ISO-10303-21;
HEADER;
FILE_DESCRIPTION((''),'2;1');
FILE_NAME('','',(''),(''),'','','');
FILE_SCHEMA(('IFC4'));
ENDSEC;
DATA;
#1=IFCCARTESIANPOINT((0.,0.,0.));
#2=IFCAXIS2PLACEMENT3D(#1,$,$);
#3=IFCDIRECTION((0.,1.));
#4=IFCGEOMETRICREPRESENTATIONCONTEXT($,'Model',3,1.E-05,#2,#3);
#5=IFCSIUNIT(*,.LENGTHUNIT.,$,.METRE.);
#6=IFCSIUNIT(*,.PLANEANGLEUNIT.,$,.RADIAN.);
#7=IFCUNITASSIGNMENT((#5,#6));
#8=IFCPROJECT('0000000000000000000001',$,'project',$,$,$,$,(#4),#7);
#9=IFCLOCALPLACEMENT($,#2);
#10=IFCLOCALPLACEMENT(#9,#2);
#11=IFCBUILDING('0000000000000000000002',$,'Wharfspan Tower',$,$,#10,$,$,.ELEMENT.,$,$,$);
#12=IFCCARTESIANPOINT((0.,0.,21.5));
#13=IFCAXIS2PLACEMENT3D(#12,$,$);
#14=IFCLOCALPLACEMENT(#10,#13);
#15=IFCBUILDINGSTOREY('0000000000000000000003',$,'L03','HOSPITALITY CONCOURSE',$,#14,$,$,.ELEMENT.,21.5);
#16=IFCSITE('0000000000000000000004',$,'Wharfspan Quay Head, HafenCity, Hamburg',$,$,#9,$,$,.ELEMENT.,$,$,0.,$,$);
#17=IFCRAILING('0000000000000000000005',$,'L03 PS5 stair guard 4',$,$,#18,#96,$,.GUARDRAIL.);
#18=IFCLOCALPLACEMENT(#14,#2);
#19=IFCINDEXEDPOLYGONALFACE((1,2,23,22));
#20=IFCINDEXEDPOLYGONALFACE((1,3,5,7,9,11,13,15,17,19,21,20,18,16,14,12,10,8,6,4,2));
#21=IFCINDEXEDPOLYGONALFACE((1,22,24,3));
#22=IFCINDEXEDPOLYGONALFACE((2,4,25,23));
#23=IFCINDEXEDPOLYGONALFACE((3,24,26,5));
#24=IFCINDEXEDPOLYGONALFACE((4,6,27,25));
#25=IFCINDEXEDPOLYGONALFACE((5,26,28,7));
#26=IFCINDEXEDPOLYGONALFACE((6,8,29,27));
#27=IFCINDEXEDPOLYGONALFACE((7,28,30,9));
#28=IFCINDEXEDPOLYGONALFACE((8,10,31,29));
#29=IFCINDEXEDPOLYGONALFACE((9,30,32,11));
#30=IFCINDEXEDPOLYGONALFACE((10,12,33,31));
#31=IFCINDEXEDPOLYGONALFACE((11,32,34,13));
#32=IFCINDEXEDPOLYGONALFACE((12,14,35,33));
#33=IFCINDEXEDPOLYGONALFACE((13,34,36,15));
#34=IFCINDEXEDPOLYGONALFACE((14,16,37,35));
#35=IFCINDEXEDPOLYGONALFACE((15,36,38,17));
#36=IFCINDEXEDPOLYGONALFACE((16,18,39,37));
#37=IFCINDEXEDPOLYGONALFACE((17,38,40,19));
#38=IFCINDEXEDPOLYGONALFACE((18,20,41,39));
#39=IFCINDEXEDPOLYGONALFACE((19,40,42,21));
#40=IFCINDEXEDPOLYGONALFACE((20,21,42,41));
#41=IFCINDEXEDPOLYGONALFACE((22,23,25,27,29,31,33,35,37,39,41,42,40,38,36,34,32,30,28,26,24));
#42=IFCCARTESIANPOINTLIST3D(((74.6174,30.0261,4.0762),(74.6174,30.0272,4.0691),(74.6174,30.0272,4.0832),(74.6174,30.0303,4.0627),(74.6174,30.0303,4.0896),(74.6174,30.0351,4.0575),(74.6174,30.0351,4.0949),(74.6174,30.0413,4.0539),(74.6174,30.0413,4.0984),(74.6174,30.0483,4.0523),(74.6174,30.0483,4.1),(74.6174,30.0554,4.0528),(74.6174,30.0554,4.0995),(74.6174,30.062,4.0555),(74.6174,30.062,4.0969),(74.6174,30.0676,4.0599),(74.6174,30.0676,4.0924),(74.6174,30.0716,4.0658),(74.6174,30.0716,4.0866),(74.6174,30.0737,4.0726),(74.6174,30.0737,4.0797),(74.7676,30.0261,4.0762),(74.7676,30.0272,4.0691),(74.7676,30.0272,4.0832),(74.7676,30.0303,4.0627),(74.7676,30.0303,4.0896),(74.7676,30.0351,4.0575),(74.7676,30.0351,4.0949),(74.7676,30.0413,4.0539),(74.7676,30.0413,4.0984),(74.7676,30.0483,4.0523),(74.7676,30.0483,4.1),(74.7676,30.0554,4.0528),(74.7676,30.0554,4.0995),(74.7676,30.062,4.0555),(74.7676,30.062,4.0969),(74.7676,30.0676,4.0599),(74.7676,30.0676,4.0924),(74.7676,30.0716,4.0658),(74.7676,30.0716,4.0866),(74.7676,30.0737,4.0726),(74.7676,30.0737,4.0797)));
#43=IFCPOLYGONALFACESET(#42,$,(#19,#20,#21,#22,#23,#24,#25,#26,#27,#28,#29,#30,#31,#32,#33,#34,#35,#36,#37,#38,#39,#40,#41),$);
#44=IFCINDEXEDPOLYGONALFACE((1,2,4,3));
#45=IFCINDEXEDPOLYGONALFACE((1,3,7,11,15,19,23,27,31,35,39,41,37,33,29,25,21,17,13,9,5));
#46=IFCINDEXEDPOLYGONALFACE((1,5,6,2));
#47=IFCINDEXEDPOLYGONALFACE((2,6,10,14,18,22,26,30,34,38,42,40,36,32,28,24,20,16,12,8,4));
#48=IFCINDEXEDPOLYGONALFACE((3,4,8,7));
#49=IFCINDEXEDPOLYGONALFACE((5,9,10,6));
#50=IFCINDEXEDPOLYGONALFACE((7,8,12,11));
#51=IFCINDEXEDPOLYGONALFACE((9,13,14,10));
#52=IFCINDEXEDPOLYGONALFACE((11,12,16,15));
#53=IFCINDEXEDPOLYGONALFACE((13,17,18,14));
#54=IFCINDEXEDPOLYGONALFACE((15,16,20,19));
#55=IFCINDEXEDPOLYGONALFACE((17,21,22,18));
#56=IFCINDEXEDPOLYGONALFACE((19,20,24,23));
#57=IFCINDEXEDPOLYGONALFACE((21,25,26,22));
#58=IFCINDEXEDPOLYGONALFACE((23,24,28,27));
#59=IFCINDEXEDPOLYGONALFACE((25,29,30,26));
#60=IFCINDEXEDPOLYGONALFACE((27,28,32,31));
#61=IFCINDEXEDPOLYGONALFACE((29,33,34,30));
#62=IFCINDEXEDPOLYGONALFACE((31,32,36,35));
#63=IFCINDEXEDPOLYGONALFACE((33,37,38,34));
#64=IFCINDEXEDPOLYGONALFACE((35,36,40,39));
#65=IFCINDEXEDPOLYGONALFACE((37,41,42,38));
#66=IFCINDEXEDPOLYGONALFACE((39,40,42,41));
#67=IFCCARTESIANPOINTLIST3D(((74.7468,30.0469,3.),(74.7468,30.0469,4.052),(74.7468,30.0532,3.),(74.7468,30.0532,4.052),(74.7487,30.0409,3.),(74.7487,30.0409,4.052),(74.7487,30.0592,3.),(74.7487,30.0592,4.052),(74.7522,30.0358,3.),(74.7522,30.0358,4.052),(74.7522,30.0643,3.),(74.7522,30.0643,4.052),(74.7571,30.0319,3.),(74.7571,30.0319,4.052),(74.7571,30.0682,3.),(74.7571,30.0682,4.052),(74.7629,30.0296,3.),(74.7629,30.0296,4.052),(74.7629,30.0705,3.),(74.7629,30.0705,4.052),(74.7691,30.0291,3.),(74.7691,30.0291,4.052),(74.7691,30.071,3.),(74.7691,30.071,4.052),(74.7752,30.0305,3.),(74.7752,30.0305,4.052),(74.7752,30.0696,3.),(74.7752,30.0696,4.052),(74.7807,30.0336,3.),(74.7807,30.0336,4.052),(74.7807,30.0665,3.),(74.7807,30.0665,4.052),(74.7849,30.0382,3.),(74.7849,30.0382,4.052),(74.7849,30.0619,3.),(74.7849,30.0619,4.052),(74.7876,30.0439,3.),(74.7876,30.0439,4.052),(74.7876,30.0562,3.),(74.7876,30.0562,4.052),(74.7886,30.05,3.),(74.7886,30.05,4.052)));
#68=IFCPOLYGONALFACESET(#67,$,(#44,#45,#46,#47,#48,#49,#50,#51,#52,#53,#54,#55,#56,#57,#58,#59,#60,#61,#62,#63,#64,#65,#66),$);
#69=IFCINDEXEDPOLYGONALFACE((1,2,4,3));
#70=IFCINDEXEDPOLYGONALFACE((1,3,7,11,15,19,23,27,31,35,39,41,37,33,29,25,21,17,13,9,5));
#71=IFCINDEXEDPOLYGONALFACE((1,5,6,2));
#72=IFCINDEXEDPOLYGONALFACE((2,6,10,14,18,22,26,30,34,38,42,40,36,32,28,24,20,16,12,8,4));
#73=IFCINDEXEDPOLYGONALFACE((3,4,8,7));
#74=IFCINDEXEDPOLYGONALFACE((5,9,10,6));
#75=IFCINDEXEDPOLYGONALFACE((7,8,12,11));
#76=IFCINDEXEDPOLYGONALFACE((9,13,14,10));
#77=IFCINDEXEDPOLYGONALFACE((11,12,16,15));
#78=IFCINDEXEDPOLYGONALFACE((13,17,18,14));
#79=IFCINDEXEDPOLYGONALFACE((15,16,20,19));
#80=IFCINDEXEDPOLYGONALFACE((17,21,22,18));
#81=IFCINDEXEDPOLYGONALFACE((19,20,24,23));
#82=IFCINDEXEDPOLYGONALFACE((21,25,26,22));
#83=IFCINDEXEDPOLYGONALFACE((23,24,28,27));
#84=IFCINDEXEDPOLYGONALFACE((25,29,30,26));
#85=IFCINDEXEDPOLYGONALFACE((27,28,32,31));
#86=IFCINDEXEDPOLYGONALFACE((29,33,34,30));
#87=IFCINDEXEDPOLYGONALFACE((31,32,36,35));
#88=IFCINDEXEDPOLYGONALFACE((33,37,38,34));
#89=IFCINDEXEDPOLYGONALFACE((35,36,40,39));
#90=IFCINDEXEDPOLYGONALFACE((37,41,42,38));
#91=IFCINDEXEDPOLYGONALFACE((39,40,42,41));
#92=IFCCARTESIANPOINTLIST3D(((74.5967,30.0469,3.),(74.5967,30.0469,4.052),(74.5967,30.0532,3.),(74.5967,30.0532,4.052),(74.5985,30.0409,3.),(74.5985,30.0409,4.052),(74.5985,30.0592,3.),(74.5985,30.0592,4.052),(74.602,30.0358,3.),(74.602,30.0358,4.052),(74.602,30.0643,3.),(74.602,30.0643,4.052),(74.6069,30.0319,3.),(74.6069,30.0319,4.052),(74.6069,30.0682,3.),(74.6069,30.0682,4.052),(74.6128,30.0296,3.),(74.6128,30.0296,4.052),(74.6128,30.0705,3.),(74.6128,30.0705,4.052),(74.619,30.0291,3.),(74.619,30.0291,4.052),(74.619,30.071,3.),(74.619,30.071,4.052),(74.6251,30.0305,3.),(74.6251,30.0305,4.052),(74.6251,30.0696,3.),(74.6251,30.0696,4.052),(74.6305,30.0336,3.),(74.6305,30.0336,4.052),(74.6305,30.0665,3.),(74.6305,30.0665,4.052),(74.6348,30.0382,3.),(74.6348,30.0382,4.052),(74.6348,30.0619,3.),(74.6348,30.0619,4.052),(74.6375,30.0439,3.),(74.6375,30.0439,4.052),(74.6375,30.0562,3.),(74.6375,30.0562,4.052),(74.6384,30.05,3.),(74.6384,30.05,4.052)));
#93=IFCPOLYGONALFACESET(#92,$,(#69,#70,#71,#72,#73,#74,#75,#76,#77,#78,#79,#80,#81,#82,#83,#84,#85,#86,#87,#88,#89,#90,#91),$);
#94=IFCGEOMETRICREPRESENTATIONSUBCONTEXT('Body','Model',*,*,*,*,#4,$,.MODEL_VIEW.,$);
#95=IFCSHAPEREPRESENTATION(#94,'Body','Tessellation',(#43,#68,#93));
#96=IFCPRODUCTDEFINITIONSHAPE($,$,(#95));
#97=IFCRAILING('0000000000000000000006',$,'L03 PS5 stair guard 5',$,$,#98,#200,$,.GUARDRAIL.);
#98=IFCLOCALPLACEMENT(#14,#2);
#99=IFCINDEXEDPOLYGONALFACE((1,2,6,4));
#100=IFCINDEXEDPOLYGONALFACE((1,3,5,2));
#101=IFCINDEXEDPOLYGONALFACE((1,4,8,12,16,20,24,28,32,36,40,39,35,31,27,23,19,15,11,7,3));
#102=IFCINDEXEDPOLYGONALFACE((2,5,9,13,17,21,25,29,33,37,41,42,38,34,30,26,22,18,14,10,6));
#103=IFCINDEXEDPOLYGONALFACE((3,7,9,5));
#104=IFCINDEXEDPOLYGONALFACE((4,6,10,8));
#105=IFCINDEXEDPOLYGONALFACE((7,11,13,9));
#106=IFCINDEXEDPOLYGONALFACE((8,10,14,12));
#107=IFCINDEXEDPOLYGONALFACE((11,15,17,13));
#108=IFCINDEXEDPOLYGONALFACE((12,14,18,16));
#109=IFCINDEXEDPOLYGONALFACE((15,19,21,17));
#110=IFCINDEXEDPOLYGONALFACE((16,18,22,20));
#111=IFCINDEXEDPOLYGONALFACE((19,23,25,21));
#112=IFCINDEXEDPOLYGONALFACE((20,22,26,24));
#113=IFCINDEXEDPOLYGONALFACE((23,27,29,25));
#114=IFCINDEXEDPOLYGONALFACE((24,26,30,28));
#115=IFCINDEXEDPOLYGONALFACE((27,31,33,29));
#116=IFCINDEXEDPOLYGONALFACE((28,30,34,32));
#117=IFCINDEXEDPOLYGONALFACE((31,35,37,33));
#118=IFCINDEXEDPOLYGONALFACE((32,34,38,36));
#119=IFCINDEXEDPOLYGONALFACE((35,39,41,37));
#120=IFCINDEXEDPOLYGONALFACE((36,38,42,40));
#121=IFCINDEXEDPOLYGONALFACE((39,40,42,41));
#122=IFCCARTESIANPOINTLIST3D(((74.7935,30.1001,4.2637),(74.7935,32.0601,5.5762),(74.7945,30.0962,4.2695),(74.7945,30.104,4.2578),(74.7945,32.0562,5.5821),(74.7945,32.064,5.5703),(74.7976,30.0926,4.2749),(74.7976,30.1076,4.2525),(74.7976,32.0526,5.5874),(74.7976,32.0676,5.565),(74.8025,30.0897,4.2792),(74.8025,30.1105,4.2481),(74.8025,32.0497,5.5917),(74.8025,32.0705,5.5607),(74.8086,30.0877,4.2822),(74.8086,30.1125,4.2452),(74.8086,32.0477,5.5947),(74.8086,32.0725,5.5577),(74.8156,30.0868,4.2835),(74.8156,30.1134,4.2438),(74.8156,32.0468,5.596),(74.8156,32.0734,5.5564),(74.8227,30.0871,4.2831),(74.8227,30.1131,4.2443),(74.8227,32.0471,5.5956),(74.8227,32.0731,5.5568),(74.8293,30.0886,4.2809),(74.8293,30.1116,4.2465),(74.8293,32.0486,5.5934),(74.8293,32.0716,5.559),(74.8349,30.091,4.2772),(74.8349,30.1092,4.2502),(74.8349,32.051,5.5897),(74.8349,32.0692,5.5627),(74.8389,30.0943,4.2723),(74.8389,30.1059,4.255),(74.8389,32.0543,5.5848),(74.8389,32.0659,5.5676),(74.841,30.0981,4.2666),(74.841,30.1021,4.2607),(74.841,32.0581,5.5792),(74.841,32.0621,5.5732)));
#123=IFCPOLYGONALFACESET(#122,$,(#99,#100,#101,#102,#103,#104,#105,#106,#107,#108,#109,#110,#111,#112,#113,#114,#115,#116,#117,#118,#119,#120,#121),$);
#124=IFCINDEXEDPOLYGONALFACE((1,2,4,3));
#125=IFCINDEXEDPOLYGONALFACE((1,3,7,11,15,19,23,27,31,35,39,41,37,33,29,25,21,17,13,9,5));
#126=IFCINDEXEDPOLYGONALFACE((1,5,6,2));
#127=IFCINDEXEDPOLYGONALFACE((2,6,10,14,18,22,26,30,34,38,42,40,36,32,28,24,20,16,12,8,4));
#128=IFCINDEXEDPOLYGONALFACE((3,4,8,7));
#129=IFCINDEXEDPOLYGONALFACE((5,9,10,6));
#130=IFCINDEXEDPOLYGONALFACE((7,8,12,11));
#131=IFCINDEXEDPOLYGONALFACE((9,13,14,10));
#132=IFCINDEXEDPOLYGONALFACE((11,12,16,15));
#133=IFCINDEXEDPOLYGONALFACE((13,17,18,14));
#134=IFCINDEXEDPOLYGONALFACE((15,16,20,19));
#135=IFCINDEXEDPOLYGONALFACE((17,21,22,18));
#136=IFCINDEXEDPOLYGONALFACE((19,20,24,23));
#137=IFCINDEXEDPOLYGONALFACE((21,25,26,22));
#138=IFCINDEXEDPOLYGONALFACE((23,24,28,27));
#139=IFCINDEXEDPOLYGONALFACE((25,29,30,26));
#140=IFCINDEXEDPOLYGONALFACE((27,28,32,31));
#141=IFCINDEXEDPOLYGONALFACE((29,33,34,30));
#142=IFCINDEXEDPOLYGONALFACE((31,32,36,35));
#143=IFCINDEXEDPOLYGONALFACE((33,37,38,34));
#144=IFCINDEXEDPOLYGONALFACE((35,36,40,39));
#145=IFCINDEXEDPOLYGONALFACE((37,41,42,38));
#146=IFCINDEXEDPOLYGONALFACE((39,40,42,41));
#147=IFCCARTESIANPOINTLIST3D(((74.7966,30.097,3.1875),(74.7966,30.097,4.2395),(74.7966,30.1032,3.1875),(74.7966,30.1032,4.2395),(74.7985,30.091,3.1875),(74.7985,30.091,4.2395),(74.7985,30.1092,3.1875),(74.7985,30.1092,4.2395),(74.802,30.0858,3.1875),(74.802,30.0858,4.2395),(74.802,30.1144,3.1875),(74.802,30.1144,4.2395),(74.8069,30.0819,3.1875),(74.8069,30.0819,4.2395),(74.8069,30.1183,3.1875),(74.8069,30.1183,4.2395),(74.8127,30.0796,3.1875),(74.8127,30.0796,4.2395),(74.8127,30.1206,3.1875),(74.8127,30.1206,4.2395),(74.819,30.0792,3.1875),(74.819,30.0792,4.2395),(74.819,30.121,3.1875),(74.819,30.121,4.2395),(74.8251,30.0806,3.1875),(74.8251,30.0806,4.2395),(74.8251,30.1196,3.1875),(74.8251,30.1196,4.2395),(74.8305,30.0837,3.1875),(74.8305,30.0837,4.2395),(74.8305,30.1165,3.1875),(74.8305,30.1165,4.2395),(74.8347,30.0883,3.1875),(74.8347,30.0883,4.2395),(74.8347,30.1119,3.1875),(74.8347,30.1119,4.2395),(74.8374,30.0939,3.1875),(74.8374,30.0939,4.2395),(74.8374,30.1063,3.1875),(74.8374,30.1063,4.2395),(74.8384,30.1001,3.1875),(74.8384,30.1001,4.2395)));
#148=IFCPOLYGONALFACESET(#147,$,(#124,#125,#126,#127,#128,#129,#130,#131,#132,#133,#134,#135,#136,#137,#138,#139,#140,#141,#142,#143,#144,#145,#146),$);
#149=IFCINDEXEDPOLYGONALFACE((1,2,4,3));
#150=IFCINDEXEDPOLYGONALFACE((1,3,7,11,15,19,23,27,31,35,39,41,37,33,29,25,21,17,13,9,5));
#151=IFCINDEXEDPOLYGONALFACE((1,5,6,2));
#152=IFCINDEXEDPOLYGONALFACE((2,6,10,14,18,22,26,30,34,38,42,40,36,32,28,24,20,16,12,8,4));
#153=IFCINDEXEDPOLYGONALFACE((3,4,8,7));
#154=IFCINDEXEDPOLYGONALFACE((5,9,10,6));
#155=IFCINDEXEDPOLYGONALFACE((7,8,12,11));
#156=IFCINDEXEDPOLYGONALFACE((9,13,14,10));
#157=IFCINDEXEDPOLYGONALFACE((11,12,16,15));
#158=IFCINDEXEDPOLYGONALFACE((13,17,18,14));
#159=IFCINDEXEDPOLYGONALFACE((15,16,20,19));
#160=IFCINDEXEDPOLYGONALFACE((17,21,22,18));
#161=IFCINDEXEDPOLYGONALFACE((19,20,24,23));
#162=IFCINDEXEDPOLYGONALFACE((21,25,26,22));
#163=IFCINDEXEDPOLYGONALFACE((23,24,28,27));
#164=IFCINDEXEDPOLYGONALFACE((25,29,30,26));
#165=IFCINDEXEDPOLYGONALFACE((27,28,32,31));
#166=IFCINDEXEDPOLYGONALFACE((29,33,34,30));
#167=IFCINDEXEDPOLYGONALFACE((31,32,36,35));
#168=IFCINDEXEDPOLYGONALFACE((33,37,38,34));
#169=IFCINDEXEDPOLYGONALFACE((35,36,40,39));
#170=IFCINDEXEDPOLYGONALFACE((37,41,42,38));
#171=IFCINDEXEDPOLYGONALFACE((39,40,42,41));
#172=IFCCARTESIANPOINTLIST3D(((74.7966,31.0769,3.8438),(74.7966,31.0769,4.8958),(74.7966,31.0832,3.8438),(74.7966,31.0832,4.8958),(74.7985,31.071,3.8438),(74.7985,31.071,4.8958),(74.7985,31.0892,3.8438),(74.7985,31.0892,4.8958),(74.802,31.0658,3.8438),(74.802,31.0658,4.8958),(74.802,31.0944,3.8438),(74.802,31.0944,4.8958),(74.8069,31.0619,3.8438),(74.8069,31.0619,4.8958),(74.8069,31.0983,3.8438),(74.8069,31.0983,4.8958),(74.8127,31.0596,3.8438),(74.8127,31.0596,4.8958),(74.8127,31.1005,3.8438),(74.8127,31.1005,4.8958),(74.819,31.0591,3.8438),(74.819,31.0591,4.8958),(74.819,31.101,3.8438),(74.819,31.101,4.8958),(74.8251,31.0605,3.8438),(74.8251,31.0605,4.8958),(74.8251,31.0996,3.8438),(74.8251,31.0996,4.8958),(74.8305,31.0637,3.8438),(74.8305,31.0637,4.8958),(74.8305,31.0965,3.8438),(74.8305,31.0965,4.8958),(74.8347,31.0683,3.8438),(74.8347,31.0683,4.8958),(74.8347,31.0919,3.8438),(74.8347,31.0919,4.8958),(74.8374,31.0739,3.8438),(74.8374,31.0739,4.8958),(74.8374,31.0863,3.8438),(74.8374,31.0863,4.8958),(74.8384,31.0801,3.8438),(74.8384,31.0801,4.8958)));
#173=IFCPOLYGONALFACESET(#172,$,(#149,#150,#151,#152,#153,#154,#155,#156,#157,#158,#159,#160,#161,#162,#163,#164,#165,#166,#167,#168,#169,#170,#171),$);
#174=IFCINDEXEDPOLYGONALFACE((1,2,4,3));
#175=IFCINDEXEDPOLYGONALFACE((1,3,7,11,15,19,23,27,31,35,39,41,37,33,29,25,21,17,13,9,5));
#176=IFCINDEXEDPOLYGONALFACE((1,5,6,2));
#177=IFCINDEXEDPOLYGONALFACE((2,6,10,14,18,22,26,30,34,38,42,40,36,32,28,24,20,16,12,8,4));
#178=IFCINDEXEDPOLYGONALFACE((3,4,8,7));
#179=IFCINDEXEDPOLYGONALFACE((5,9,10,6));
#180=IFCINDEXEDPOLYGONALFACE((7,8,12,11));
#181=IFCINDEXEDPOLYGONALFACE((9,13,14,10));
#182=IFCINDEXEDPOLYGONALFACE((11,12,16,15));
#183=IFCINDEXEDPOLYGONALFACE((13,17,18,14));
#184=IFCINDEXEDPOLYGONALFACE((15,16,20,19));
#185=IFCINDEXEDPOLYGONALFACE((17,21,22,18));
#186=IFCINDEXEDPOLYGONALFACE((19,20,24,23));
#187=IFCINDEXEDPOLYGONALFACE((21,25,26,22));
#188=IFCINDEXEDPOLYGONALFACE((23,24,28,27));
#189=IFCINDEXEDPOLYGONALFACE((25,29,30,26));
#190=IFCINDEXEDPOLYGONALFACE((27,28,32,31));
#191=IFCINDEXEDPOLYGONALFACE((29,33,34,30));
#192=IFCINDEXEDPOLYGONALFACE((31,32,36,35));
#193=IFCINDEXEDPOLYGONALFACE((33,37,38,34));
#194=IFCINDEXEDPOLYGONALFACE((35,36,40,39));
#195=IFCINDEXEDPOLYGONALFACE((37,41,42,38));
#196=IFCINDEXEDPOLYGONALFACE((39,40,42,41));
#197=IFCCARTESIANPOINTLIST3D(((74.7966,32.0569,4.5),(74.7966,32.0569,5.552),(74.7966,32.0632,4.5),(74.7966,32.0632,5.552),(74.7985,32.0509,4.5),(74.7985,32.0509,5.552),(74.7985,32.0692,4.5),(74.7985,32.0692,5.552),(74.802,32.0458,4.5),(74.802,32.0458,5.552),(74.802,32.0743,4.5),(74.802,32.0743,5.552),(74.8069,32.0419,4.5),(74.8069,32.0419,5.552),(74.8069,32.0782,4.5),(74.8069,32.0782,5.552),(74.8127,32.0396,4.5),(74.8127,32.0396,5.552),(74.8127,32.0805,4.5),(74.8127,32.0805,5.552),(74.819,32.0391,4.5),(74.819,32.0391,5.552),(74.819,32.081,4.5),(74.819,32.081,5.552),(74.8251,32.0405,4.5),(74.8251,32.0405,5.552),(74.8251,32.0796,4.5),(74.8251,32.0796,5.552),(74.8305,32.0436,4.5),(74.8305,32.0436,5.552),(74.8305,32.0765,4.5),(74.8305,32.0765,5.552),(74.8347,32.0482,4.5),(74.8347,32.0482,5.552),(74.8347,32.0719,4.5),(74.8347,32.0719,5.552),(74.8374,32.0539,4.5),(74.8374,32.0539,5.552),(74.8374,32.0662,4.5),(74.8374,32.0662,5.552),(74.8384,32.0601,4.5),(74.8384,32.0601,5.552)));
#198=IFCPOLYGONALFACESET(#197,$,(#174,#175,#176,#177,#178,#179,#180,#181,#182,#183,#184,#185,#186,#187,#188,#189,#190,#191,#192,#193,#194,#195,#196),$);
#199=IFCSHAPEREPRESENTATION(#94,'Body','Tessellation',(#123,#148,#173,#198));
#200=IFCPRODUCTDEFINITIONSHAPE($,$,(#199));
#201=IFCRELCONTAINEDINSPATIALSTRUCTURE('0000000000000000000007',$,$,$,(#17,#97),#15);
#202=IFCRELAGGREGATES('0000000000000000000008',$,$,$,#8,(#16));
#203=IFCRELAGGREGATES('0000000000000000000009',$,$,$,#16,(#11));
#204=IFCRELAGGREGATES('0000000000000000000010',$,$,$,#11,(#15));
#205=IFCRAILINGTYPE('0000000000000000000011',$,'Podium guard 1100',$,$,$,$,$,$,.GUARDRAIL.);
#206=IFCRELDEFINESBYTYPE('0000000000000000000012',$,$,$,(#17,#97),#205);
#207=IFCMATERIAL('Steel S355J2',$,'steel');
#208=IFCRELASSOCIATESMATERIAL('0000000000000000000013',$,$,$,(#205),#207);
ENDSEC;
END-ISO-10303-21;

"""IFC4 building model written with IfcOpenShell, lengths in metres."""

from ifc_helpers import new_model, si_unit, direction, frame, origin, origin_2d, place, context, subcontext, project, spatial, circle, extrude, material, type_object, element, save


model = new_model("IFC4")

# Units and contexts
model_context = context("Model", 3, precision=1e-05, world=origin(), true_north=direction((0.0, 1.0)))
body_context = subcontext(model_context, "Body", "Model", "MODEL_VIEW")
ifc_project = project(units=[si_unit("LENGTHUNIT", "METRE"), si_unit("PLANEANGLEUNIT", "RADIAN")], contexts=[model_context])

# Site, building, storey
site_placement = place(None, origin())
site = spatial("IfcSite", under=ifc_project, at=site_placement, Name="Wharfspan Quay Head, HafenCity, Hamburg", CompositionType="ELEMENT", RefElevation=0.0)
building_placement = place(site_placement, origin())
building = spatial("IfcBuilding", under=site, at=building_placement, Name="Wharfspan Tower", CompositionType="ELEMENT")
storey_placement = place(building_placement, frame((0.0, 0.0, 21.5)))
storey = spatial("IfcBuildingStorey", under=building, at=storey_placement, Name="L03", Description="HOSPITALITY CONCOURSE", CompositionType="ELEMENT", Elevation=21.5)

# Railings
ifc_material_1 = material(Name="Steel S355J2", Category="steel")
railing_type_1 = type_object("IfcRailingType", Name="Podium guard 1100", PredefinedType="GUARDRAIL", material=ifc_material_1)
for number, where, name in (
    (1, (74.7676, 30.05, 3.0), "L03 PS5 stair guard 4"),
):
    element("IfcRailing", number, at=place(storey_placement, frame(where)), inside=storey, type_object=railing_type_1, Name=name, PredefinedType="GUARDRAIL", context=body_context, shape_type="SweptSolid", body=[
        extrude(circle(Radius=0.0239, at=origin_2d()), frame((0.0, 0.0, 1.0762), z_axis=(-1.0, 0.0, 0.0), x_axis=(0.0, -1.0, 0.0)), (0.0, 0.0, 1.0), 0.1501),
        extrude(circle(Radius=0.021, at=origin_2d()), origin(), (0.0, 0.0, 1.0), 1.052),
        extrude(circle(Radius=0.021, at=origin_2d()), frame((-0.1501, 0.0, 0.0)), (0.0, 0.0, 1.0), 1.052),
    ])
railing_1_placement = place(storey_placement, frame((74.8174, 30.1001, 3.1875)))
element("IfcRailing", 2, at=railing_1_placement, inside=storey, type_object=railing_type_1, Name="L03 PS5 stair guard 5", PredefinedType="GUARDRAIL", context=body_context, shape_type="SweptSolid", body=[
    extrude(circle(Radius=0.0239, at=origin_2d()), frame((0.0, 0.0, 1.0762), z_axis=(0.0, 0.830902, 0.556419), x_axis=(-1.0, 0.0, 0.0)), (0.0, 0.0, 1.0), 2.3589),
    extrude(circle(Radius=0.021, at=origin_2d()), origin(), (0.0, 0.0, 1.0), 1.052),
    extrude(circle(Radius=0.021, at=origin_2d()), frame((0.0, 0.98, 0.6562)), (0.0, 0.0, 1.0), 1.052),
    extrude(circle(Radius=0.021, at=origin_2d()), frame((0.0, 1.96, 1.3125)), (0.0, 0.0, 1.0), 1.052),
])

save(model, "model.ifc")
